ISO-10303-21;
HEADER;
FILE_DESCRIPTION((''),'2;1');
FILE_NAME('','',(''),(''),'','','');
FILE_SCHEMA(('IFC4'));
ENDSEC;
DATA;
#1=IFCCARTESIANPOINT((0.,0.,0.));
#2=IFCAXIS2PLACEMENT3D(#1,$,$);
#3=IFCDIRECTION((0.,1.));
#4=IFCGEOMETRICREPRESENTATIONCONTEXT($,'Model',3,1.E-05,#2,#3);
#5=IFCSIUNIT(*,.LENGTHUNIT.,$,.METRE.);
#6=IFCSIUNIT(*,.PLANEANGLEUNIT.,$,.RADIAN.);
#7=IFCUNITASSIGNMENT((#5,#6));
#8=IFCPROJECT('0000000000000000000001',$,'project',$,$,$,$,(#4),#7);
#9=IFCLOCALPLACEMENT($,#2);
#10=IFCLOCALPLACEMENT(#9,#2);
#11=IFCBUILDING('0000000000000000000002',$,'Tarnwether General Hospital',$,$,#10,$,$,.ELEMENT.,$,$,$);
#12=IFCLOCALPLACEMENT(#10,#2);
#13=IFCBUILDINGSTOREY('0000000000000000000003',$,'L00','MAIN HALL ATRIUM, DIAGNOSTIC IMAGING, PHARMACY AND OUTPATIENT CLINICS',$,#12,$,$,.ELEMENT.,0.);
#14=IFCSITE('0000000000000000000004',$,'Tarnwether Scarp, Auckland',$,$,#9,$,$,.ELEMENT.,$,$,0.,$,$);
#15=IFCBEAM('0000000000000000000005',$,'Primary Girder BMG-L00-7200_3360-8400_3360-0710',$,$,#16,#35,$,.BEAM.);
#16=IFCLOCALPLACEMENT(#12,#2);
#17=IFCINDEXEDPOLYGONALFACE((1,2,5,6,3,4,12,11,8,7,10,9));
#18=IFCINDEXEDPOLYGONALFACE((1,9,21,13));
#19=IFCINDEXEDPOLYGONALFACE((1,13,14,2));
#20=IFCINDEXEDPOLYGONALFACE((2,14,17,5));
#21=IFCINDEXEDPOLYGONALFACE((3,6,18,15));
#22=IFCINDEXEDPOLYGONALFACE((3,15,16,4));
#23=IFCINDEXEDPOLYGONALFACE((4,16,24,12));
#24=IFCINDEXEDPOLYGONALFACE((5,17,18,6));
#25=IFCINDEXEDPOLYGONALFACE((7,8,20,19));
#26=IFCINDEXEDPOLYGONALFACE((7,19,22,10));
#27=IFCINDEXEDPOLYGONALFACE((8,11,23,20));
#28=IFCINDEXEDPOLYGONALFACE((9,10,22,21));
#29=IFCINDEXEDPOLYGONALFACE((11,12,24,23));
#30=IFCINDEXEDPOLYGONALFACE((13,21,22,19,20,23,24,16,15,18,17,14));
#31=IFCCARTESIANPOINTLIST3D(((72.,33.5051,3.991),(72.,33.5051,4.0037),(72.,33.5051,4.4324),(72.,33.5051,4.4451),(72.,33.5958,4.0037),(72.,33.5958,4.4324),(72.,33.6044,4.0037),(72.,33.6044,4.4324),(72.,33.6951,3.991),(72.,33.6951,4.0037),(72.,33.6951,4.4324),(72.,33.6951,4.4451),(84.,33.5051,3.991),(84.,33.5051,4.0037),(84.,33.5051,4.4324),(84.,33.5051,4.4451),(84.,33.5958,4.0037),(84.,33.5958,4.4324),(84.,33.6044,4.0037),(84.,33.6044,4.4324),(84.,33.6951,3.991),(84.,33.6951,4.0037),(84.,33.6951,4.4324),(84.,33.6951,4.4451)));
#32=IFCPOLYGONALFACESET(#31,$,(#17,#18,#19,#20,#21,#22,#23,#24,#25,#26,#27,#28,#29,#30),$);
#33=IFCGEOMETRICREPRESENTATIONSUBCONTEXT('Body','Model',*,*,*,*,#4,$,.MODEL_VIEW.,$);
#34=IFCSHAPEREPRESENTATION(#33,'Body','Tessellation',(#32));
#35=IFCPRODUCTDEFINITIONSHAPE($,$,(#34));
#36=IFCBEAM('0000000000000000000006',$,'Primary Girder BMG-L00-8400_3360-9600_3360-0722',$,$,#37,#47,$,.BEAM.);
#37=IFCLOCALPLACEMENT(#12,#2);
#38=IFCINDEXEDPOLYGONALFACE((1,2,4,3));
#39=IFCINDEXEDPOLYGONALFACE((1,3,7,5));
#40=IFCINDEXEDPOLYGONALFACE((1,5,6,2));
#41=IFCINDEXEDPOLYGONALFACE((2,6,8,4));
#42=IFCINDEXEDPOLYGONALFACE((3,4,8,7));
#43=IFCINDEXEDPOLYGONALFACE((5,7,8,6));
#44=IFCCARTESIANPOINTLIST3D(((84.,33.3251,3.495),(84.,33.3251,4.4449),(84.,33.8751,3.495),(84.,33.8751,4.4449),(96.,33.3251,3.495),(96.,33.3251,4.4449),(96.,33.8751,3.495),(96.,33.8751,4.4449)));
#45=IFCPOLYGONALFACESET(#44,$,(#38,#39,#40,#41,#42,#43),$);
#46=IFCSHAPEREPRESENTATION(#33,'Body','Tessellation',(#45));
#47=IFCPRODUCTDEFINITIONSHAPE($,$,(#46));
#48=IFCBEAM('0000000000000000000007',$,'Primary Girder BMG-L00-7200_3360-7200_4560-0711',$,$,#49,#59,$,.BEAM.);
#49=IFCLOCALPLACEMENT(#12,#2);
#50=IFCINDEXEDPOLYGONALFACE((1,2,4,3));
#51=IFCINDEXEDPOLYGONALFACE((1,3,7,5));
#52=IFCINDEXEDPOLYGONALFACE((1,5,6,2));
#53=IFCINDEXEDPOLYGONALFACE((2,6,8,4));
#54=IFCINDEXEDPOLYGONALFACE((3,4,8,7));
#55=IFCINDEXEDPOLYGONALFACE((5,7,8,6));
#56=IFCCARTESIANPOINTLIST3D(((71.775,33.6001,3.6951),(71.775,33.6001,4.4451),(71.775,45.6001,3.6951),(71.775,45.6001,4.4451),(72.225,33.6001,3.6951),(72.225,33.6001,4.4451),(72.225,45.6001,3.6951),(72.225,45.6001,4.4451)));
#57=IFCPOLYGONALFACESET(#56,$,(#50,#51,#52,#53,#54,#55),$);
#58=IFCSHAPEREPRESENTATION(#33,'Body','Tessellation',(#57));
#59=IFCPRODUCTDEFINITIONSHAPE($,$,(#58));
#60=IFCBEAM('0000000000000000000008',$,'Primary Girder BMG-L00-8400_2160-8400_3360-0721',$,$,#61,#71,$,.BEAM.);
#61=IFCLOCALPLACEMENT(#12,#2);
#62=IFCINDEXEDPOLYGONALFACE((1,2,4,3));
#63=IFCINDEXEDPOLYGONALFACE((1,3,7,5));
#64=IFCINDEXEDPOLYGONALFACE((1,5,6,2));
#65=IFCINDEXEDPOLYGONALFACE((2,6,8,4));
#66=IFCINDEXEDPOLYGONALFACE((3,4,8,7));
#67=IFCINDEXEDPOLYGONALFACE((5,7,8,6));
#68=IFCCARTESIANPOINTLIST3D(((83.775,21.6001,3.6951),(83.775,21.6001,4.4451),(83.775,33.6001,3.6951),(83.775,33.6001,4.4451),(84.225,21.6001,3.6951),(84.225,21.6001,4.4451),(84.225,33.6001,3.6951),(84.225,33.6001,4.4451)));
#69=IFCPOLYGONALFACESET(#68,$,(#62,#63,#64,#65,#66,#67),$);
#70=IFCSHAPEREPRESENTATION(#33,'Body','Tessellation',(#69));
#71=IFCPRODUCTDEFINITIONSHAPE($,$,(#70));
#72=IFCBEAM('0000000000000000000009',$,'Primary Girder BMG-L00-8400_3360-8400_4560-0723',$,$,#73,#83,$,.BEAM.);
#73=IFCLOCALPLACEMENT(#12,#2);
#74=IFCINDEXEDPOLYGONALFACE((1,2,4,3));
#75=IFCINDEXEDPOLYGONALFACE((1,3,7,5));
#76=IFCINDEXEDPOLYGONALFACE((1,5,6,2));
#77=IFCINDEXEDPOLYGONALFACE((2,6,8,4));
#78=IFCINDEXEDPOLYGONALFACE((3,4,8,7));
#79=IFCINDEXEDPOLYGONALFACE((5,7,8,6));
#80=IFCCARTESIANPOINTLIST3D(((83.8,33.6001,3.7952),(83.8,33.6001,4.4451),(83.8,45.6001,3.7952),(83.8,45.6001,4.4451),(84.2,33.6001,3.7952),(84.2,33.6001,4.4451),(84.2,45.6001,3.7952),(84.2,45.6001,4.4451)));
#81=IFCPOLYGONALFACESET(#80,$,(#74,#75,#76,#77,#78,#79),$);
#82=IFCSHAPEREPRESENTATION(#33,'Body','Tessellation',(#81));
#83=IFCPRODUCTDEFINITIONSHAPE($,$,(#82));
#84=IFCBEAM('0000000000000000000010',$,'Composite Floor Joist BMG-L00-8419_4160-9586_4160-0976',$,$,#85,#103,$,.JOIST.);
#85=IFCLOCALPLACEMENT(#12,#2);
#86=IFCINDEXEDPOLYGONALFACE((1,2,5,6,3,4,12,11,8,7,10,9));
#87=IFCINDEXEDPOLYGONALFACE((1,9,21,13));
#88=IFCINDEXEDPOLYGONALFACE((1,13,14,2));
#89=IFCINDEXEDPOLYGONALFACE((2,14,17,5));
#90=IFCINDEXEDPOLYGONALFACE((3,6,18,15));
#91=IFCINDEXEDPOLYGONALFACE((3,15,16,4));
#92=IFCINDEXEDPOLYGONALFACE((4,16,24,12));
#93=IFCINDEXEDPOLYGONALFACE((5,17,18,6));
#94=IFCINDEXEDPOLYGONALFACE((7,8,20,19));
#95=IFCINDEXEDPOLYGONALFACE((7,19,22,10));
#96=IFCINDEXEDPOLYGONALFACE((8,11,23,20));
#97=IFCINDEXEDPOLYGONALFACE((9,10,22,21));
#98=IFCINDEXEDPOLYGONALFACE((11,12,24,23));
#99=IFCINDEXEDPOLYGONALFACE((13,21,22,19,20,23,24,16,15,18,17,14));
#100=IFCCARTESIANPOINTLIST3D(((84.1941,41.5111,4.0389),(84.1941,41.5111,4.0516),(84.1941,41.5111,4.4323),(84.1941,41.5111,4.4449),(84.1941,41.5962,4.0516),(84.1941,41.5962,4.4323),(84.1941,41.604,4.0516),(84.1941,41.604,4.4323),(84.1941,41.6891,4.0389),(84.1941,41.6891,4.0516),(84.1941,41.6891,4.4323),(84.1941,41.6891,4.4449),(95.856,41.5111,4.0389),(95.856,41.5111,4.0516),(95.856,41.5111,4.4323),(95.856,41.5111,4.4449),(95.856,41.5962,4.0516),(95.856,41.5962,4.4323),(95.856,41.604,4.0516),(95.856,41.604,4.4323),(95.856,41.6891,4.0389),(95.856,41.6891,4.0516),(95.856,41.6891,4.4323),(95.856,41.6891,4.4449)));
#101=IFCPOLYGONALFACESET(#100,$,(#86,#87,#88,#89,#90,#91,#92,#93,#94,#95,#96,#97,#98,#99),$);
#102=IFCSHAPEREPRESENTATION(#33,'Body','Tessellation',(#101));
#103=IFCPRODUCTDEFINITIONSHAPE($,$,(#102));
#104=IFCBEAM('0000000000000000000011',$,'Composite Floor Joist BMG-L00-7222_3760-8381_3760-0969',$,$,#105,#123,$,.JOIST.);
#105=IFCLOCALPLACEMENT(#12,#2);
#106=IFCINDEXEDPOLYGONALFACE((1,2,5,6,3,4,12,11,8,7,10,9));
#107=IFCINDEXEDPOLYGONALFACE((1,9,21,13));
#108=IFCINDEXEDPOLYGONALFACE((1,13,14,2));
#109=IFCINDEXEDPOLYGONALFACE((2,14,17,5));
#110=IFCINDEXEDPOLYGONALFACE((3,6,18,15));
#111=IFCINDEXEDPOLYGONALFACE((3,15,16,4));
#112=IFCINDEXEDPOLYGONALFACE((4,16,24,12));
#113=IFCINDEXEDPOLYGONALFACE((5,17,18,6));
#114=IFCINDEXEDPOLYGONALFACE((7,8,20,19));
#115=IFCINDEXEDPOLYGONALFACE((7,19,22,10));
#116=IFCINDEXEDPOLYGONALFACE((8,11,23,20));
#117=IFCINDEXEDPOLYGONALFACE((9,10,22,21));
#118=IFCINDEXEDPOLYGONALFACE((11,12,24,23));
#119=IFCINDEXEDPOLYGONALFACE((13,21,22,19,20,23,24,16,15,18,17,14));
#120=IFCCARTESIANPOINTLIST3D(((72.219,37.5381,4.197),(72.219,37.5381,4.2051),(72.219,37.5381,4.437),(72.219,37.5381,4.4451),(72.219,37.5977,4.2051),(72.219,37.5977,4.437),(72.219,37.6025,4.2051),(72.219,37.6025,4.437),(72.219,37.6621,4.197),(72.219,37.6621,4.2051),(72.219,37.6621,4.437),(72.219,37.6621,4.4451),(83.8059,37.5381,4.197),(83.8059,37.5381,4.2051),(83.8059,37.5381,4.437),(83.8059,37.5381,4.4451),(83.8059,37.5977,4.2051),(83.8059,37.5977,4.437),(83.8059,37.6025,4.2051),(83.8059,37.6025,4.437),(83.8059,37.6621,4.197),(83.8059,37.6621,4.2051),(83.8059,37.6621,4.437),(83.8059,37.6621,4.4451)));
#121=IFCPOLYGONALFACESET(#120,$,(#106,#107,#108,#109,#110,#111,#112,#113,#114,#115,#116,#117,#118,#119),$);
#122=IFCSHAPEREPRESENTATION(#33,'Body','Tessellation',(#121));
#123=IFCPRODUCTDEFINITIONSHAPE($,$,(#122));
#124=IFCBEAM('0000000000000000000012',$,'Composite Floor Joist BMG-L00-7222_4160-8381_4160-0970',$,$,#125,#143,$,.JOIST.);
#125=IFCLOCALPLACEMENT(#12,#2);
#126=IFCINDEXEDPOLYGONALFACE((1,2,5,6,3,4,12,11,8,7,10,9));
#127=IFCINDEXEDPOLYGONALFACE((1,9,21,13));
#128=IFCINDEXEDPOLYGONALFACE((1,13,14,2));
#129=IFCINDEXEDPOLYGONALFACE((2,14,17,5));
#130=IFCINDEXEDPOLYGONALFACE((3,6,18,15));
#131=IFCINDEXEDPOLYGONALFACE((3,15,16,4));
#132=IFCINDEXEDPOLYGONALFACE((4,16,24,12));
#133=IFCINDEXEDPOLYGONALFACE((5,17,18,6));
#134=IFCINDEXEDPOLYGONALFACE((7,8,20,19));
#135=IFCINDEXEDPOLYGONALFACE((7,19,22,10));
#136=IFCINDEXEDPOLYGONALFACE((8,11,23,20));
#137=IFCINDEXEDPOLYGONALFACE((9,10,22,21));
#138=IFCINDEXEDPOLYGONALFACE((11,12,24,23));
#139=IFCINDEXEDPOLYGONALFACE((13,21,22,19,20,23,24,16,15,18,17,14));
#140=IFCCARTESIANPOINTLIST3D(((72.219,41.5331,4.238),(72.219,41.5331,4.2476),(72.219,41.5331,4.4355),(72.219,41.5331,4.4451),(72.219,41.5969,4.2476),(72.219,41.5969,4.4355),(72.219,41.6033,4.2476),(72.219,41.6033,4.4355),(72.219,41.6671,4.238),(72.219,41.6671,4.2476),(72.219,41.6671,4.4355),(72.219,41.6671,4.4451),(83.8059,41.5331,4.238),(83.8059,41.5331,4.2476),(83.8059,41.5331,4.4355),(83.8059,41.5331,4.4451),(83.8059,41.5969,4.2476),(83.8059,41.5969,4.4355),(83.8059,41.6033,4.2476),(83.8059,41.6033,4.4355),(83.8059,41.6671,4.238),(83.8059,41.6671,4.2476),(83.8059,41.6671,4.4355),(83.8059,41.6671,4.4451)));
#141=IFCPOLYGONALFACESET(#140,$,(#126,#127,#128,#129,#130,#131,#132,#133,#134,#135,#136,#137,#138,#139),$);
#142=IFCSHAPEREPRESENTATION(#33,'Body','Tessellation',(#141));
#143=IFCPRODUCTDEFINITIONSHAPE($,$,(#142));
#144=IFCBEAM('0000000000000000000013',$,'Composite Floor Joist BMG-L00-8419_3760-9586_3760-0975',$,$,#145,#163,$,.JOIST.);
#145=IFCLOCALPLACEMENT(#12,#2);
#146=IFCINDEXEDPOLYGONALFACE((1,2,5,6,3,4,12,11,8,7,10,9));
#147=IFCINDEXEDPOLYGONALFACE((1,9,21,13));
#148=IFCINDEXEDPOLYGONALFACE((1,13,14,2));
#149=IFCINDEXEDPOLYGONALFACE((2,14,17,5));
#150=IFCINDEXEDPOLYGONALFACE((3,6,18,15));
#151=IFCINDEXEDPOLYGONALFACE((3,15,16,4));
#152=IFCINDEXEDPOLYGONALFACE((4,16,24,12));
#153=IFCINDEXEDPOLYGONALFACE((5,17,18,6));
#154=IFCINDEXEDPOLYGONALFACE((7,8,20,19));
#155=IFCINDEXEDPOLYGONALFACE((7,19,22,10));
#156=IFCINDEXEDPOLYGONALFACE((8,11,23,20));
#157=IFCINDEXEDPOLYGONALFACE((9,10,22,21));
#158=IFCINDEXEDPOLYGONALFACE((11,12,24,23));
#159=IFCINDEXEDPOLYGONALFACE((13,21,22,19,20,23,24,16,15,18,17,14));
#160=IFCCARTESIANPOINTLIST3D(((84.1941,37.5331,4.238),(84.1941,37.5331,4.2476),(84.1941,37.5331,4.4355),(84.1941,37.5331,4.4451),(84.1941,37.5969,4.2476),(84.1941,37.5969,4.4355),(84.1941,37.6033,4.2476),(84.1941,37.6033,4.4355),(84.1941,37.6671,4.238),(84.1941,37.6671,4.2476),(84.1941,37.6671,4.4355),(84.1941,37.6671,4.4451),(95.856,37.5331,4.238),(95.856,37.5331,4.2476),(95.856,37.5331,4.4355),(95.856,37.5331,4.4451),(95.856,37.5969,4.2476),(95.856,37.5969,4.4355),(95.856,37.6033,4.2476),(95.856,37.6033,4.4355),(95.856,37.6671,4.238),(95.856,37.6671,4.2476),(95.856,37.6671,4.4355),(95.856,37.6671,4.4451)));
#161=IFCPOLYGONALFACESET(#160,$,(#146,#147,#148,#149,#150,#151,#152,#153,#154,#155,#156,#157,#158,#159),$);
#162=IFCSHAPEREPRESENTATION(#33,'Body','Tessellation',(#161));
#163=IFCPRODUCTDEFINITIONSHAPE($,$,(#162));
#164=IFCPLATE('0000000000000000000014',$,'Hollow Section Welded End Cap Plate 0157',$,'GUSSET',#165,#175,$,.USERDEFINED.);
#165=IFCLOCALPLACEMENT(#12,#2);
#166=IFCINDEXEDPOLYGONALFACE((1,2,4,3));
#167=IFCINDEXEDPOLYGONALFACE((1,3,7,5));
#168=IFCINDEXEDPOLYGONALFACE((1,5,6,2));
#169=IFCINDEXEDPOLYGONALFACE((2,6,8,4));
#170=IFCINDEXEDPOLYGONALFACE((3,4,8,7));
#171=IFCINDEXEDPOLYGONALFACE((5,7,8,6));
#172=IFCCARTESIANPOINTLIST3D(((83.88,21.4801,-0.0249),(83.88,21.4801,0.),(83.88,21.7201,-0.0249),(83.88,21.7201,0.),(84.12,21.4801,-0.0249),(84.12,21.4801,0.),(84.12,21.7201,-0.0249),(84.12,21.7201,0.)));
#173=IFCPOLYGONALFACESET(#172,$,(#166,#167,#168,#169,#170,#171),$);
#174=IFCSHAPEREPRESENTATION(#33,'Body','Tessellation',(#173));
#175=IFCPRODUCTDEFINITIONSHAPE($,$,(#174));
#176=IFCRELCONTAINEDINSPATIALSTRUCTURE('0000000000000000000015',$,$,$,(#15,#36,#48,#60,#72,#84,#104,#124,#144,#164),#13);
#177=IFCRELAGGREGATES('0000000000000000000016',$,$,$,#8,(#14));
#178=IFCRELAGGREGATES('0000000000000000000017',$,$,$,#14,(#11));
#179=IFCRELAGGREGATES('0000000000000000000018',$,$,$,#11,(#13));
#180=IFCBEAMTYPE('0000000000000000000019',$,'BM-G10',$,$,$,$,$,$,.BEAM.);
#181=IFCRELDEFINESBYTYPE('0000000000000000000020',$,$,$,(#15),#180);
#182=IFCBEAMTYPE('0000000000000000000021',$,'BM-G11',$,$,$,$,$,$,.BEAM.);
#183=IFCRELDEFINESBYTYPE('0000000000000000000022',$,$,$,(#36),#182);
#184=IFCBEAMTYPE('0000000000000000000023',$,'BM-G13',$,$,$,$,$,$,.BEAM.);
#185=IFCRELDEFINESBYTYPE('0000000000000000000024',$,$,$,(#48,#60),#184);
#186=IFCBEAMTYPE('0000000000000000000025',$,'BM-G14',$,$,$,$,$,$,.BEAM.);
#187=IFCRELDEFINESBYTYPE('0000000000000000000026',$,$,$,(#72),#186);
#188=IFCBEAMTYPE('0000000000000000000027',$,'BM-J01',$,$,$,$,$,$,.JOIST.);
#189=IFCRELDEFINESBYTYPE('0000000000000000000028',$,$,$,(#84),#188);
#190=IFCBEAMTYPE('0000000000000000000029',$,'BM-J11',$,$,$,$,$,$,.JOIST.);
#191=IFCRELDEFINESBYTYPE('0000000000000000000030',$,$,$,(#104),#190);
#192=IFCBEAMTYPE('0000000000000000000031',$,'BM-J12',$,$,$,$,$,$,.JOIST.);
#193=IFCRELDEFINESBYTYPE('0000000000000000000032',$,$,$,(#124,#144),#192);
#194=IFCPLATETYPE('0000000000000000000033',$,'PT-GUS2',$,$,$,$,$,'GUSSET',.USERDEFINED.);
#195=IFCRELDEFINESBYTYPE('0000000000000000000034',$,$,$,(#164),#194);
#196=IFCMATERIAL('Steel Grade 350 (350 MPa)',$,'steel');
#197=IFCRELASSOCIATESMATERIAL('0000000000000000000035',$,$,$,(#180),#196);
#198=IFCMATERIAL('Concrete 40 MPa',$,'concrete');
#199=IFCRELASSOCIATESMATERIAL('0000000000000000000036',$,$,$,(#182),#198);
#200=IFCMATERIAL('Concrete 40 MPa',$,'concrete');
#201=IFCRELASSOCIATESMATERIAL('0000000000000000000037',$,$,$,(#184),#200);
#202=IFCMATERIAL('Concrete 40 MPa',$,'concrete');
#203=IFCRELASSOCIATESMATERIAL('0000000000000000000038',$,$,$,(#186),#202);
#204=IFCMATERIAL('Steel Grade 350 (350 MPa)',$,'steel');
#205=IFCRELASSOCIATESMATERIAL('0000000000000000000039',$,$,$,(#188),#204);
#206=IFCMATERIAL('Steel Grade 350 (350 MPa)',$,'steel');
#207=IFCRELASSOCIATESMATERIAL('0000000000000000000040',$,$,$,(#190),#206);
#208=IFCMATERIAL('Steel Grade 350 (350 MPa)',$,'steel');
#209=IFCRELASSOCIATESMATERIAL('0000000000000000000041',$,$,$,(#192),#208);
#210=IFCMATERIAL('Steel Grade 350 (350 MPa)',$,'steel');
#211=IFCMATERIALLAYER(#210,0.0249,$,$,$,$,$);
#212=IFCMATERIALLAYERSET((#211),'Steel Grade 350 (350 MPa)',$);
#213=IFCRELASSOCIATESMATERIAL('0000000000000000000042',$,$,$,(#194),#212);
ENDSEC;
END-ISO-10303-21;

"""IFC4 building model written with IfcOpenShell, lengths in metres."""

from ifc_helpers import new_model, si_unit, direction, frame, origin, origin_2d, place, context, subcontext, project, spatial, rectangle, i_section, extrude, material, layer, layer_set, material_profile, profile_set, type_object, element, save


model = new_model("IFC4")

# Units and contexts
model_context = context("Model", 3, precision=1e-05, world=origin(), true_north=direction((0.0, 1.0)))
body_context = subcontext(model_context, "Body", "Model", "MODEL_VIEW")
ifc_project = project(units=[si_unit("LENGTHUNIT", "METRE"), si_unit("PLANEANGLEUNIT", "RADIAN")], contexts=[model_context])

# Site, building, storey
site_placement = place(None, origin())
site = spatial("IfcSite", under=ifc_project, at=site_placement, Name="Tarnwether Scarp, Auckland", CompositionType="ELEMENT", RefElevation=0.0)
building_placement = place(site_placement, origin())
building = spatial("IfcBuilding", under=site, at=building_placement, Name="Tarnwether General Hospital", CompositionType="ELEMENT")
storey_placement = place(building_placement, origin())
storey = spatial("IfcBuildingStorey", under=building, at=storey_placement, Name="L00", Description="MAIN HALL ATRIUM, DIAGNOSTIC IMAGING, PHARMACY AND OUTPATIENT CLINICS", CompositionType="ELEMENT", Elevation=0.0)

# Beams
ifc_material_1 = material(Name="Steel Grade 350 (350 MPa)", Category="steel")
ifc_material_profile_1 = material_profile(ifc_material_1, i_section(OverallWidth=0.1899, OverallDepth=0.4541, WebThickness=0.0085, FlangeThickness=0.0127, at=origin_2d()), Name="460UB67.1")
ifc_profile_set_1 = profile_set([ifc_material_profile_1], Name="Steel Grade 350 (350 MPa)")
beam_type_1 = type_object("IfcBeamType", Name="BM-G10", PredefinedType="BEAM", material=ifc_profile_set_1)
beam_1_placement = place(storey_placement, frame((72.0, 33.6001, 4.218), z_axis=(1.0, 0.0, 0.0), x_axis=(0.0, 1.0, 0.0)))
element("IfcBeam", 1, at=beam_1_placement, inside=storey, type_object=beam_type_1, Name="Primary Girder BMG-L00-7200_3360-8400_3360-0710", PredefinedType="BEAM", context=body_context, shape_type="SweptSolid", body=[
    extrude(i_section(OverallWidth=0.1899, OverallDepth=0.4541, WebThickness=0.0085, FlangeThickness=0.0127, at=origin_2d()), origin(), (0.0, 0.0, 1.0), 12.0),
])
ifc_material_2 = material(Name="Concrete 40 MPa", Category="concrete")
ifc_material_profile_2 = material_profile(ifc_material_2, rectangle(XDim=0.55, YDim=0.95, at=origin_2d()), Name="RC-BM-550x950")
ifc_profile_set_2 = profile_set([ifc_material_profile_2], Name="Concrete 40 MPa")
beam_type_2 = type_object("IfcBeamType", Name="BM-G11", PredefinedType="BEAM", material=ifc_profile_set_2)
beam_2_placement = place(storey_placement, frame((84.0, 33.6001, 3.97), z_axis=(1.0, 0.0, 0.0), x_axis=(0.0, 1.0, 0.0)))
element("IfcBeam", 2, at=beam_2_placement, inside=storey, type_object=beam_type_2, Name="Primary Girder BMG-L00-8400_3360-9600_3360-0722", PredefinedType="BEAM", context=body_context, shape_type="SweptSolid", body=[
    extrude(rectangle(XDim=0.55, YDim=0.95, at=origin_2d()), origin(), (0.0, 0.0, 1.0), 12.0),
])
ifc_material_3 = material(Name="Concrete 40 MPa", Category="concrete")
ifc_material_profile_3 = material_profile(ifc_material_3, rectangle(XDim=0.45, YDim=0.75, at=origin_2d()), Name="RC-BM-450x750")
ifc_profile_set_3 = profile_set([ifc_material_profile_3], Name="Concrete 40 MPa")
beam_type_3 = type_object("IfcBeamType", Name="BM-G13", PredefinedType="BEAM", material=ifc_profile_set_3)
for number, where, z_axis, x_axis, name in (
    (3, (72.0, 33.6001, 4.0701), (0.0, 1.0, 0.0), (-1.0, 0.0, 0.0), "Primary Girder BMG-L00-7200_3360-7200_4560-0711"),
    (4, (84.0, 21.6001, 4.0701), (0.0, 1.0, 0.0), (-1.0, 0.0, 0.0), "Primary Girder BMG-L00-8400_2160-8400_3360-0721"),
):
    element("IfcBeam", number, at=place(storey_placement, frame(where, z_axis=z_axis, x_axis=x_axis)), inside=storey, type_object=beam_type_3, Name=name, PredefinedType="BEAM", context=body_context, shape_type="SweptSolid", body=[
        extrude(rectangle(XDim=0.45, YDim=0.75, at=origin_2d()), origin(), (0.0, 0.0, 1.0), 12.0),
    ])
ifc_material_4 = material(Name="Concrete 40 MPa", Category="concrete")
ifc_material_profile_4 = material_profile(ifc_material_4, rectangle(XDim=0.3999, YDim=0.6499, at=origin_2d()), Name="RC-BM-400x650")
ifc_profile_set_4 = profile_set([ifc_material_profile_4], Name="Concrete 40 MPa")
beam_type_4 = type_object("IfcBeamType", Name="BM-G14", PredefinedType="BEAM", material=ifc_profile_set_4)
beam_3_placement = place(storey_placement, frame((84.0, 33.6001, 4.1201), z_axis=(0.0, 1.0, 0.0), x_axis=(-1.0, 0.0, 0.0)))
element("IfcBeam", 5, at=beam_3_placement, inside=storey, type_object=beam_type_4, Name="Primary Girder BMG-L00-8400_3360-8400_4560-0723", PredefinedType="BEAM", context=body_context, shape_type="SweptSolid", body=[
    extrude(rectangle(XDim=0.3999, YDim=0.6499, at=origin_2d()), origin(), (0.0, 0.0, 1.0), 12.0),
])
ifc_material_5 = material(Name="Steel Grade 350 (350 MPa)", Category="steel")
ifc_material_profile_5 = material_profile(ifc_material_5, i_section(OverallWidth=0.178, OverallDepth=0.406, WebThickness=0.0078, FlangeThickness=0.0127, at=origin_2d()), Name="410UB59.7")
ifc_profile_set_5 = profile_set([ifc_material_profile_5], Name="Steel Grade 350 (350 MPa)")
beam_type_5 = type_object("IfcBeamType", Name="BM-J01", PredefinedType="JOIST", material=ifc_profile_set_5)
beam_4_placement = place(storey_placement, frame((84.1941, 41.6001, 4.2419), z_axis=(1.0, 0.0, 0.0), x_axis=(0.0, 1.0, 0.0)))
element("IfcBeam", 6, at=beam_4_placement, inside=storey, type_object=beam_type_5, Name="Composite Floor Joist BMG-L00-8419_4160-9586_4160-0976", PredefinedType="JOIST", context=body_context, shape_type="SweptSolid", body=[
    extrude(i_section(OverallWidth=0.178, OverallDepth=0.406, WebThickness=0.0078, FlangeThickness=0.0127, at=origin_2d()), origin(), (0.0, 0.0, 1.0), 11.6619),
])
ifc_material_6 = material(Name="Steel Grade 350 (350 MPa)", Category="steel")
ifc_material_profile_6 = material_profile(ifc_material_6, i_section(OverallWidth=0.124, OverallDepth=0.248, WebThickness=0.0049, FlangeThickness=0.0081, at=origin_2d()), Name="250UB25.7")
ifc_profile_set_6 = profile_set([ifc_material_profile_6], Name="Steel Grade 350 (350 MPa)")
beam_type_6 = type_object("IfcBeamType", Name="BM-J11", PredefinedType="JOIST", material=ifc_profile_set_6)
beam_5_placement = place(storey_placement, frame((72.219, 37.6001, 4.321), z_axis=(1.0, 0.0, 0.0), x_axis=(0.0, 1.0, 0.0)))
element("IfcBeam", 7, at=beam_5_placement, inside=storey, type_object=beam_type_6, Name="Composite Floor Joist BMG-L00-7222_3760-8381_3760-0969", PredefinedType="JOIST", context=body_context, shape_type="SweptSolid", body=[
    extrude(i_section(OverallWidth=0.124, OverallDepth=0.248, WebThickness=0.0049, FlangeThickness=0.0081, at=origin_2d()), origin(), (0.0, 0.0, 1.0), 11.5869),
])
ifc_material_7 = material(Name="Steel Grade 350 (350 MPa)", Category="steel")
ifc_material_profile_7 = material_profile(ifc_material_7, i_section(OverallWidth=0.134, OverallDepth=0.207, WebThickness=0.0063, FlangeThickness=0.0095, at=origin_2d()), Name="200UB29.8")
ifc_profile_set_7 = profile_set([ifc_material_profile_7], Name="Steel Grade 350 (350 MPa)")
beam_type_7 = type_object("IfcBeamType", Name="BM-J12", PredefinedType="JOIST", material=ifc_profile_set_7)
beam_6_placement = place(storey_placement, frame((72.219, 41.6001, 4.3416), z_axis=(1.0, 0.0, 0.0), x_axis=(0.0, 1.0, 0.0)))
element("IfcBeam", 8, at=beam_6_placement, inside=storey, type_object=beam_type_7, Name="Composite Floor Joist BMG-L00-7222_4160-8381_4160-0970", PredefinedType="JOIST", context=body_context, shape_type="SweptSolid", body=[
    extrude(i_section(OverallWidth=0.134, OverallDepth=0.207, WebThickness=0.0063, FlangeThickness=0.0095, at=origin_2d()), origin(), (0.0, 0.0, 1.0), 11.5869),
])
beam_7_placement = place(storey_placement, frame((84.1941, 37.6001, 4.3416), z_axis=(1.0, 0.0, 0.0), x_axis=(0.0, 1.0, 0.0)))
element("IfcBeam", 9, at=beam_7_placement, inside=storey, type_object=beam_type_7, Name="Composite Floor Joist BMG-L00-8419_3760-9586_3760-0975", PredefinedType="JOIST", context=body_context, shape_type="SweptSolid", body=[
    extrude(i_section(OverallWidth=0.134, OverallDepth=0.207, WebThickness=0.0063, FlangeThickness=0.0095, at=origin_2d()), origin(), (0.0, 0.0, 1.0), 11.6619),
])

# Plate
ifc_material_8 = material(Name="Steel Grade 350 (350 MPa)", Category="steel")
ifc_layer_1 = layer(ifc_material_8, 0.0249)
ifc_layer_set_1 = layer_set([ifc_layer_1], Name="Steel Grade 350 (350 MPa)")
plate_type = type_object("IfcPlateType", Name="PT-GUS2", ElementType="GUSSET", PredefinedType="USERDEFINED", material=ifc_layer_set_1)
for number, where, z_axis, x_axis, name in (
    (10, (84.0, 21.6001, -0.0249), (0.0, 0.0, 1.0), (1.0, 0.0, 0.0), "Hollow Section Welded End Cap Plate 0157"),
):
    element("IfcPlate", number, at=place(storey_placement, frame(where, z_axis=z_axis, x_axis=x_axis)), inside=storey, type_object=plate_type, Name=name, ObjectType="GUSSET", PredefinedType="USERDEFINED", context=body_context, shape_type="SweptSolid", body=[
        extrude(rectangle(XDim=0.24, YDim=0.24, at=origin_2d()), origin(), (0.0, 0.0, 1.0), 0.0249),
    ])

save(model, "model.ifc")
